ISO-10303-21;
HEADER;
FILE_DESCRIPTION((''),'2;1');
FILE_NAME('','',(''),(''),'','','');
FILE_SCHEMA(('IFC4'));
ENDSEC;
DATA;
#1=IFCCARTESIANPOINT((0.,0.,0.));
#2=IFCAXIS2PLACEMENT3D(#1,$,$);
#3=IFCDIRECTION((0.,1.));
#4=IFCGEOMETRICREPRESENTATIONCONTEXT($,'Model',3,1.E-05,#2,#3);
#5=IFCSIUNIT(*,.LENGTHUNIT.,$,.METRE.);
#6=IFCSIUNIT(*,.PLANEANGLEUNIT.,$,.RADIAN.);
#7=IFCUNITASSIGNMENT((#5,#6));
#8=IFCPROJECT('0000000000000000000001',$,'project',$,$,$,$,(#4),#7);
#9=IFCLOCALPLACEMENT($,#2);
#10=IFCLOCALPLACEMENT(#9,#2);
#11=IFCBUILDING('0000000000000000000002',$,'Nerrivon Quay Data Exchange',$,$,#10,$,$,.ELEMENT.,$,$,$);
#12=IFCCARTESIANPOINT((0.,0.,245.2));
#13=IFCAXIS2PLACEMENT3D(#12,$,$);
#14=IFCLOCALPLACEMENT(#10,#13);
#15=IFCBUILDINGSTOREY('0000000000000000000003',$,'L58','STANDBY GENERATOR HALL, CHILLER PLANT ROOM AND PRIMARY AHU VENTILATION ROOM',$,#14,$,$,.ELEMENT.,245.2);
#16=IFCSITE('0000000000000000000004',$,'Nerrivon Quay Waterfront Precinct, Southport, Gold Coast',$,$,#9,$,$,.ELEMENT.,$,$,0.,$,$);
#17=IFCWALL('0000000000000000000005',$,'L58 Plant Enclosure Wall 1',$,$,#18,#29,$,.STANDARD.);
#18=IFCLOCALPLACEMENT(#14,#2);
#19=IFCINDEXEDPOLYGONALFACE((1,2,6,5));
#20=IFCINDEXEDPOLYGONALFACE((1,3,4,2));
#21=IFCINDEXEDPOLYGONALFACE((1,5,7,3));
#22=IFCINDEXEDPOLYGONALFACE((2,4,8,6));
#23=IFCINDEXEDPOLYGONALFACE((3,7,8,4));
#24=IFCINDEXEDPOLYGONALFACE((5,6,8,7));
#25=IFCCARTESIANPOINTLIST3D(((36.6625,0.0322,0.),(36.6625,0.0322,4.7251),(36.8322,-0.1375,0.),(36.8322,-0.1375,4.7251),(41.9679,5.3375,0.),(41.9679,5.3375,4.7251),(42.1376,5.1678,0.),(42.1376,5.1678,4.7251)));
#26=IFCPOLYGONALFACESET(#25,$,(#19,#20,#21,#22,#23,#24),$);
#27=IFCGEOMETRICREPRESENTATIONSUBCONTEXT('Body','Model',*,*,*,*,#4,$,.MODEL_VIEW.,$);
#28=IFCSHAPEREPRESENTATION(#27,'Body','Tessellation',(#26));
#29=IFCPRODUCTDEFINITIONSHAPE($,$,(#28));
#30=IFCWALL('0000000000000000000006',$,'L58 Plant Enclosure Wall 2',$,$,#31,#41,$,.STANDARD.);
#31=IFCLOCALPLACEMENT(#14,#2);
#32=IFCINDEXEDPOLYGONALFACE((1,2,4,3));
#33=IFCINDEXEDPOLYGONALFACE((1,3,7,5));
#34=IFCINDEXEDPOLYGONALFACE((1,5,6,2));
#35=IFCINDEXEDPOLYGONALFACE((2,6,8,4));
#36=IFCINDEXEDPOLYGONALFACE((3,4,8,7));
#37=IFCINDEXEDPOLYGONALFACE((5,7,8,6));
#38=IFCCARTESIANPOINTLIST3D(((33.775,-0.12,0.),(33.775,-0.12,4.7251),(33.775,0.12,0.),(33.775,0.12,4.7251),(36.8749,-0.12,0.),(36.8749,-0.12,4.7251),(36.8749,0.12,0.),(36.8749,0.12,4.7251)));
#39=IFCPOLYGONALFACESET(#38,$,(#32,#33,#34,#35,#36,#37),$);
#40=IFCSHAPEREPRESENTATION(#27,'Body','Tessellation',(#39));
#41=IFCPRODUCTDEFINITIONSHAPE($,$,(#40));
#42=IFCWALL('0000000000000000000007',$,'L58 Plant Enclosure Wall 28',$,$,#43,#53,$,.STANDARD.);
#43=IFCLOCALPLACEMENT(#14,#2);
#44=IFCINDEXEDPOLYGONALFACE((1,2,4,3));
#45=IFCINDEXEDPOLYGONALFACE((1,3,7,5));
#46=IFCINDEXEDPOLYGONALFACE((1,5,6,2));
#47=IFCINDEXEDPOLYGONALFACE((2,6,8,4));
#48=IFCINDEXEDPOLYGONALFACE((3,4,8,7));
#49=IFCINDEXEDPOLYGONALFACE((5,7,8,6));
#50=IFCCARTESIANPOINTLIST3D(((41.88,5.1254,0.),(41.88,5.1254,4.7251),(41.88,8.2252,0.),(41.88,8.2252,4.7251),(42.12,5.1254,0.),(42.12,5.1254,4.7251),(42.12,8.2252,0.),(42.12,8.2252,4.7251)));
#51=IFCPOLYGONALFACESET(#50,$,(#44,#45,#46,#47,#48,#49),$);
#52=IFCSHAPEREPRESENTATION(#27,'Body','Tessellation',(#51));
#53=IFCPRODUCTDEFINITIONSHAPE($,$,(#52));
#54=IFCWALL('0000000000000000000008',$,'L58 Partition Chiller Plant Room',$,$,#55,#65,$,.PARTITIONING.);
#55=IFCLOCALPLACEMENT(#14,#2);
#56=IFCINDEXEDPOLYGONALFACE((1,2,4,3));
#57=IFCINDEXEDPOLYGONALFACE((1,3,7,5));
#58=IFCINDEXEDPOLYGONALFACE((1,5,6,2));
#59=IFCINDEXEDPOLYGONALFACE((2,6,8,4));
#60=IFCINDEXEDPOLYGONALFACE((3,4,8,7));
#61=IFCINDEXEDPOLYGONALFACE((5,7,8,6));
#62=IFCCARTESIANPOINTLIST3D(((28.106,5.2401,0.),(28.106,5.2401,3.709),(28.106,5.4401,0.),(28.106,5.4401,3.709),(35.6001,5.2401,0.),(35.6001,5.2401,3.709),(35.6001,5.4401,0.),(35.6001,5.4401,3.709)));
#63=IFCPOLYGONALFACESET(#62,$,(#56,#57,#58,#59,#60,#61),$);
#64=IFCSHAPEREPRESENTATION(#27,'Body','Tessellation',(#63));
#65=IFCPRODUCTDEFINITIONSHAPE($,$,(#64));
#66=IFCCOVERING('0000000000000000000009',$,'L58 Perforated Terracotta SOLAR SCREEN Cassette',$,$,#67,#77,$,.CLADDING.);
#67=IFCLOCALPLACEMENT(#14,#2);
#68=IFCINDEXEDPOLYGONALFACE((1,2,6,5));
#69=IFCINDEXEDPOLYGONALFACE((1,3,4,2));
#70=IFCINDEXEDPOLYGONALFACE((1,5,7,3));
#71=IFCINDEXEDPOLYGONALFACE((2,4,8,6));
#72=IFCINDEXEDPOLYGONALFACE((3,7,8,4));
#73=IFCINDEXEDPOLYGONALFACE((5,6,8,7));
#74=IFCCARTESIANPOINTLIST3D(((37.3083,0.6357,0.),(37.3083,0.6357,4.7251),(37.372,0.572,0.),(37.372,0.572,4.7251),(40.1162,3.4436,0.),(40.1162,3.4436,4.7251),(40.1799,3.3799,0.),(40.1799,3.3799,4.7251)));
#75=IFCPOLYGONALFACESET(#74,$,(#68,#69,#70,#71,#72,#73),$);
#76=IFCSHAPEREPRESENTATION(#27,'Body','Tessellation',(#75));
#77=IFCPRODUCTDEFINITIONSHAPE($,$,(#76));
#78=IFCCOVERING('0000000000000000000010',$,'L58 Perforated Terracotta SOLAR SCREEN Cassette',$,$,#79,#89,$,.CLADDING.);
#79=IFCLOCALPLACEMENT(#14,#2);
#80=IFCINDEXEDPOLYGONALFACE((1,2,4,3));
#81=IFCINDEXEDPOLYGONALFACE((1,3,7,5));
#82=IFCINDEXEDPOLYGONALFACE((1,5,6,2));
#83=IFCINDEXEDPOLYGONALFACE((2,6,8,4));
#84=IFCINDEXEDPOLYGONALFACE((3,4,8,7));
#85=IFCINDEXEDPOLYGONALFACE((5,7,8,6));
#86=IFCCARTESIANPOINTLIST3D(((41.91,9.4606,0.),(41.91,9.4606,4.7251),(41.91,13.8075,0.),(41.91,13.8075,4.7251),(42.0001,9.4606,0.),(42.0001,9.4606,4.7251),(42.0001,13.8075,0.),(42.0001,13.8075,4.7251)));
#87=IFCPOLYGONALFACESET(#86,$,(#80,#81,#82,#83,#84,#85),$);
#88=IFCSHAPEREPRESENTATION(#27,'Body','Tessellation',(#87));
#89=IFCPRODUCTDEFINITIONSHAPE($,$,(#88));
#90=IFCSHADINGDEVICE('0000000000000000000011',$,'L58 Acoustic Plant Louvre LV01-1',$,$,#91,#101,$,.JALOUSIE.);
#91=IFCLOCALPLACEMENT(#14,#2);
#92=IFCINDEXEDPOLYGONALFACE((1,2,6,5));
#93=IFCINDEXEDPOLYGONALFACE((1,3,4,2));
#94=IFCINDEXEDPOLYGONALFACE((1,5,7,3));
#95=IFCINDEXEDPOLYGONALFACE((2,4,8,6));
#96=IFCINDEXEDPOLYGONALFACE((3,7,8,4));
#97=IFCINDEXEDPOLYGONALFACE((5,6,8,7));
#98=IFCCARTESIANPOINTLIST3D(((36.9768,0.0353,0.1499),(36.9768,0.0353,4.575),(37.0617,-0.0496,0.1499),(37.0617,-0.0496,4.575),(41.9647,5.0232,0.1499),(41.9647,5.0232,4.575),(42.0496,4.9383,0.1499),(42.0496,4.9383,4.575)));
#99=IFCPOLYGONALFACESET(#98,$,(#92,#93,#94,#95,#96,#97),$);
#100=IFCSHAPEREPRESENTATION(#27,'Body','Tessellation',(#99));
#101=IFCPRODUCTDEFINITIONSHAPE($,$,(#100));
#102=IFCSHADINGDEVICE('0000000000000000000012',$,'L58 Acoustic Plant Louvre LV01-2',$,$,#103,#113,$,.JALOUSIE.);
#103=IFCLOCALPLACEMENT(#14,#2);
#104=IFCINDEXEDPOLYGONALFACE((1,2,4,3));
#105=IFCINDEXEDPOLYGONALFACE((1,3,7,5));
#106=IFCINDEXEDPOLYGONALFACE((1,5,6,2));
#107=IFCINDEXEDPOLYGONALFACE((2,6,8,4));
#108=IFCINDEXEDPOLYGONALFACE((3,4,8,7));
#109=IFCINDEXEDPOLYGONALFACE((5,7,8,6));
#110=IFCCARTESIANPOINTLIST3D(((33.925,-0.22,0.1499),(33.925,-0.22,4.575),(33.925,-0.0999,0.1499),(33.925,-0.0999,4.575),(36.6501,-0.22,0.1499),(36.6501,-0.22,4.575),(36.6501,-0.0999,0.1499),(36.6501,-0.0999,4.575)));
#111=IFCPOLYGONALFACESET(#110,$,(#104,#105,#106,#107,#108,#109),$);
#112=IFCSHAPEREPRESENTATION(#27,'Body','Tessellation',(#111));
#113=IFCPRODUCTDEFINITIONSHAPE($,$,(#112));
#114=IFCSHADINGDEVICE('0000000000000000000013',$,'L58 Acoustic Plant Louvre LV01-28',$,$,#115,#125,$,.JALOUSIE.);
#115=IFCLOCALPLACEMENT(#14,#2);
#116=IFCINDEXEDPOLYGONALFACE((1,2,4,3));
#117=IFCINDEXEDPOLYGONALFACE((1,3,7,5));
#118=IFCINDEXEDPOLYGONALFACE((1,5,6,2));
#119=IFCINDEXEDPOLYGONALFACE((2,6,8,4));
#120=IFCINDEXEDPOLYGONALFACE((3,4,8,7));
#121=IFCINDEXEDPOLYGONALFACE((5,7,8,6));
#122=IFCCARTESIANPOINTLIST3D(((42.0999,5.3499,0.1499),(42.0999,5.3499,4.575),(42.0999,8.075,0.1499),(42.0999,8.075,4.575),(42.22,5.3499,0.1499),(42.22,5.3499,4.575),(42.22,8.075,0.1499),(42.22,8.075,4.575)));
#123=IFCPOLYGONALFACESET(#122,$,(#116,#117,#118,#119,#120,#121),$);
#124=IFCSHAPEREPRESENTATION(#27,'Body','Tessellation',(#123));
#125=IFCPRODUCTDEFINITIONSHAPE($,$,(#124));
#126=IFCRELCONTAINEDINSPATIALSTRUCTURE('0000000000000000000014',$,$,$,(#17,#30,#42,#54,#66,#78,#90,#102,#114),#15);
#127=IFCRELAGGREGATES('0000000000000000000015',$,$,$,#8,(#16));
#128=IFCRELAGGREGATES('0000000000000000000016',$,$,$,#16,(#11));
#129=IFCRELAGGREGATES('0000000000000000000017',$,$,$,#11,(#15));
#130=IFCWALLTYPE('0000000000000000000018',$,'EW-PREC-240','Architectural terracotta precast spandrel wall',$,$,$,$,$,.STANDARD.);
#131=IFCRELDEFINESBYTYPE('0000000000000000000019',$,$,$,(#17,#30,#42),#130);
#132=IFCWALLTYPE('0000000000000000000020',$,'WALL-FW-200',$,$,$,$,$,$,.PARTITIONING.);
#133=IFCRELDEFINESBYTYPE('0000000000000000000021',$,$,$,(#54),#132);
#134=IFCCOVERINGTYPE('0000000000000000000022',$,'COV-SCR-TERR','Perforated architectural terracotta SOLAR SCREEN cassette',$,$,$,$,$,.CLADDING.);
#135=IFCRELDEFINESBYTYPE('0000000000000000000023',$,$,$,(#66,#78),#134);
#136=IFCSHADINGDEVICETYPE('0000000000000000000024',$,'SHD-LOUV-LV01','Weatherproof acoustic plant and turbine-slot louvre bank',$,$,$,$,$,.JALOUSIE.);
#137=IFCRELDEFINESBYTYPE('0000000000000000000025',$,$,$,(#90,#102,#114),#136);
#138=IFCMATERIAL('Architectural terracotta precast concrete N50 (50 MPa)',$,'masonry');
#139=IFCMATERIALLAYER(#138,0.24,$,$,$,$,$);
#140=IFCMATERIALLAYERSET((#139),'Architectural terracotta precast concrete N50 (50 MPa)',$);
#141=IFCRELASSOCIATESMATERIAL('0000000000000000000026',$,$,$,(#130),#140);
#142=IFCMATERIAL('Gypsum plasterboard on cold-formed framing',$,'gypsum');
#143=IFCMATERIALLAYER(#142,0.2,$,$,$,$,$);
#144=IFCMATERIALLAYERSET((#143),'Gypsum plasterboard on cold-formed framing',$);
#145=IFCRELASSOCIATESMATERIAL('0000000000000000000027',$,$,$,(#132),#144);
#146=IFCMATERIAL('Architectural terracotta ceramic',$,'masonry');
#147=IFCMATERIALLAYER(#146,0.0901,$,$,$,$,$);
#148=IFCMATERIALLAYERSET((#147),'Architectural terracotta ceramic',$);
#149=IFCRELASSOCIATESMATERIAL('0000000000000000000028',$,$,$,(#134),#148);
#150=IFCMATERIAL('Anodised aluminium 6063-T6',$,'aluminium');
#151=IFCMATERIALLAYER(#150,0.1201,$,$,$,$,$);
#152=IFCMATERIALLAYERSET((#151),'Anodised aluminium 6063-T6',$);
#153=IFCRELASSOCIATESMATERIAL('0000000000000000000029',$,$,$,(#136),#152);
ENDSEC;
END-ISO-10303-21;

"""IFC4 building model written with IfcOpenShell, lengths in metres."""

from ifc_helpers import new_model, si_unit, direction, frame, frame_2d, origin, origin_2d, place, context, subcontext, project, spatial, rectangle, extrude, material, layer, layer_set, type_object, element, save


model = new_model("IFC4")

# Units and contexts
model_context = context("Model", 3, precision=1e-05, world=origin(), true_north=direction((0.0, 1.0)))
body_context = subcontext(model_context, "Body", "Model", "MODEL_VIEW")
ifc_project = project(units=[si_unit("LENGTHUNIT", "METRE"), si_unit("PLANEANGLEUNIT", "RADIAN")], contexts=[model_context])

# Site, building, storey
site_placement = place(None, origin())
site = spatial("IfcSite", under=ifc_project, at=site_placement, Name="Nerrivon Quay Waterfront Precinct, Southport, Gold Coast", CompositionType="ELEMENT", RefElevation=0.0)
building_placement = place(site_placement, origin())
building = spatial("IfcBuilding", under=site, at=building_placement, Name="Nerrivon Quay Data Exchange", CompositionType="ELEMENT")
storey_placement = place(building_placement, frame((0.0, 0.0, 245.2)))
storey = spatial("IfcBuildingStorey", under=building, at=storey_placement, Name="L58", Description="STANDBY GENERATOR HALL, CHILLER PLANT ROOM AND PRIMARY AHU VENTILATION ROOM", CompositionType="ELEMENT", Elevation=245.2)

# Walls
ifc_material_1 = material(Name="Architectural terracotta precast concrete N50 (50 MPa)", Category="masonry")
ifc_layer_1 = layer(ifc_material_1, 0.24)
ifc_layer_set_1 = layer_set([ifc_layer_1], Name="Architectural terracotta precast concrete N50 (50 MPa)")
wall_type_1 = type_object("IfcWallType", Name="EW-PREC-240", Description="Architectural terracotta precast spandrel wall", PredefinedType="STANDARD", material=ifc_layer_set_1)
wall_1_placement = place(storey_placement, frame((42.0527, 5.2527, 0.0), z_axis=(0.0, 0.0, 1.0), x_axis=(-0.707107, -0.707107, 0.0)))
element("IfcWall", 1, at=wall_1_placement, inside=storey, type_object=wall_type_1, Name="L58 Plant Enclosure Wall 1", PredefinedType="STANDARD", context=body_context, shape_type="SweptSolid", body=[
    extrude(rectangle(XDim=7.5029, YDim=0.24, at=frame_2d((3.7515, 0.0))), origin(), (0.0, 0.0, 1.0), 4.7251),
])
for number, where, z_axis, x_axis, name in (
    (2, (36.8748, 0.0, 0.0), (0.0, 0.0, 1.0), (-1.0, 0.0, 0.0), "L58 Plant Enclosure Wall 2"),
    (3, (42.0, 8.2251, 0.0), (0.0, 0.0, 1.0), (0.0, -1.0, 0.0), "L58 Plant Enclosure Wall 28"),
):
    element("IfcWall", number, at=place(storey_placement, frame(where, z_axis=z_axis, x_axis=x_axis)), inside=storey, type_object=wall_type_1, Name=name, PredefinedType="STANDARD", context=body_context, shape_type="SweptSolid", body=[
        extrude(rectangle(XDim=3.0999, YDim=0.24, at=frame_2d((1.5498, 0.0))), origin(), (0.0, 0.0, 1.0), 4.7251),
    ])
ifc_material_2 = material(Name="Gypsum plasterboard on cold-formed framing", Category="gypsum")
ifc_layer_2 = layer(ifc_material_2, 0.2)
ifc_layer_set_2 = layer_set([ifc_layer_2], Name="Gypsum plasterboard on cold-formed framing")
wall_type_2 = type_object("IfcWallType", Name="WALL-FW-200", PredefinedType="PARTITIONING", material=ifc_layer_set_2)
wall_2_placement = place(storey_placement, frame((35.6001, 5.3401, 0.0), z_axis=(0.0, 0.0, 1.0), x_axis=(-1.0, 0.0, 0.0)))
element("IfcWall", 4, at=wall_2_placement, inside=storey, type_object=wall_type_2, Name="L58 Partition Chiller Plant Room", PredefinedType="PARTITIONING", context=body_context, shape_type="SweptSolid", body=[
    extrude(rectangle(XDim=7.4941, YDim=0.2, at=frame_2d((3.7471, 0.0))), origin(), (0.0, 0.0, 1.0), 3.709),
])

# Coverings
ifc_material_3 = material(Name="Architectural terracotta ceramic", Category="masonry")
ifc_layer_3 = layer(ifc_material_3, 0.0901)
ifc_layer_set_3 = layer_set([ifc_layer_3], Name="Architectural terracotta ceramic")
covering_type = type_object("IfcCoveringType", Name="COV-SCR-TERR", Description="Perforated architectural terracotta SOLAR SCREEN cassette", PredefinedType="CLADDING", material=ifc_layer_set_3)
covering_1_placement = place(storey_placement, frame((38.7441, 2.0078, 0.0), z_axis=(0.0, 0.0, 1.0), x_axis=(-0.707107, -0.707107, 0.0)))
element("IfcCovering", 5, at=covering_1_placement, inside=storey, type_object=covering_type, Name="L58 Perforated Terracotta SOLAR SCREEN Cassette", PredefinedType="CLADDING", context=body_context, shape_type="SweptSolid", body=[
    extrude(rectangle(XDim=3.9709, YDim=0.0901, at=origin_2d()), origin(), (0.0, 0.0, 1.0), 4.7251),
])
covering_2_placement = place(storey_placement, frame((41.9551, 11.634, 0.0), z_axis=(0.0, 0.0, 1.0), x_axis=(0.0, -1.0, 0.0)))
element("IfcCovering", 6, at=covering_2_placement, inside=storey, type_object=covering_type, Name="L58 Perforated Terracotta SOLAR SCREEN Cassette", PredefinedType="CLADDING", context=body_context, shape_type="SweptSolid", body=[
    extrude(rectangle(XDim=4.3469, YDim=0.0901, at=origin_2d()), origin(), (0.0, 0.0, 1.0), 4.7251),
])

# Shading devices
ifc_material_4 = material(Name="Anodised aluminium 6063-T6", Category="aluminium")
ifc_layer_4 = layer(ifc_material_4, 0.1201)
ifc_layer_set_4 = layer_set([ifc_layer_4], Name="Anodised aluminium 6063-T6")
shading_device_type = type_object("IfcShadingDeviceType", Name="SHD-LOUV-LV01", Description="Weatherproof acoustic plant and turbine-slot louvre bank", PredefinedType="JALOUSIE", material=ifc_layer_set_4)
shading_device_placement = place(storey_placement, frame((39.5132, 2.4868, 0.1499), z_axis=(0.0, 0.0, 1.0), x_axis=(-0.707107, -0.707107, 0.0)))
element("IfcShadingDevice", 7, at=shading_device_placement, inside=storey, type_object=shading_device_type, Name="L58 Acoustic Plant Louvre LV01-1", PredefinedType="JALOUSIE", context=body_context, shape_type="SweptSolid", body=[
    extrude(rectangle(XDim=7.054, YDim=0.1201, at=origin_2d()), origin(), (0.0, 0.0, 1.0), 4.425),
])
for number, where, z_axis, x_axis, name in (
    (8, (35.2876, -0.1599, 0.1499), (0.0, 0.0, 1.0), (-1.0, 0.0, 0.0), "L58 Acoustic Plant Louvre LV01-2"),
    (9, (42.1599, 6.7124, 0.1499), (0.0, 0.0, 1.0), (0.0, -1.0, 0.0), "L58 Acoustic Plant Louvre LV01-28"),
):
    element("IfcShadingDevice", number, at=place(storey_placement, frame(where, z_axis=z_axis, x_axis=x_axis)), inside=storey, type_object=shading_device_type, Name=name, PredefinedType="JALOUSIE", context=body_context, shape_type="SweptSolid", body=[
        extrude(rectangle(XDim=2.7251, YDim=0.1201, at=origin_2d()), origin(), (0.0, 0.0, 1.0), 4.425),
    ])

save(model, "model.ifc")
